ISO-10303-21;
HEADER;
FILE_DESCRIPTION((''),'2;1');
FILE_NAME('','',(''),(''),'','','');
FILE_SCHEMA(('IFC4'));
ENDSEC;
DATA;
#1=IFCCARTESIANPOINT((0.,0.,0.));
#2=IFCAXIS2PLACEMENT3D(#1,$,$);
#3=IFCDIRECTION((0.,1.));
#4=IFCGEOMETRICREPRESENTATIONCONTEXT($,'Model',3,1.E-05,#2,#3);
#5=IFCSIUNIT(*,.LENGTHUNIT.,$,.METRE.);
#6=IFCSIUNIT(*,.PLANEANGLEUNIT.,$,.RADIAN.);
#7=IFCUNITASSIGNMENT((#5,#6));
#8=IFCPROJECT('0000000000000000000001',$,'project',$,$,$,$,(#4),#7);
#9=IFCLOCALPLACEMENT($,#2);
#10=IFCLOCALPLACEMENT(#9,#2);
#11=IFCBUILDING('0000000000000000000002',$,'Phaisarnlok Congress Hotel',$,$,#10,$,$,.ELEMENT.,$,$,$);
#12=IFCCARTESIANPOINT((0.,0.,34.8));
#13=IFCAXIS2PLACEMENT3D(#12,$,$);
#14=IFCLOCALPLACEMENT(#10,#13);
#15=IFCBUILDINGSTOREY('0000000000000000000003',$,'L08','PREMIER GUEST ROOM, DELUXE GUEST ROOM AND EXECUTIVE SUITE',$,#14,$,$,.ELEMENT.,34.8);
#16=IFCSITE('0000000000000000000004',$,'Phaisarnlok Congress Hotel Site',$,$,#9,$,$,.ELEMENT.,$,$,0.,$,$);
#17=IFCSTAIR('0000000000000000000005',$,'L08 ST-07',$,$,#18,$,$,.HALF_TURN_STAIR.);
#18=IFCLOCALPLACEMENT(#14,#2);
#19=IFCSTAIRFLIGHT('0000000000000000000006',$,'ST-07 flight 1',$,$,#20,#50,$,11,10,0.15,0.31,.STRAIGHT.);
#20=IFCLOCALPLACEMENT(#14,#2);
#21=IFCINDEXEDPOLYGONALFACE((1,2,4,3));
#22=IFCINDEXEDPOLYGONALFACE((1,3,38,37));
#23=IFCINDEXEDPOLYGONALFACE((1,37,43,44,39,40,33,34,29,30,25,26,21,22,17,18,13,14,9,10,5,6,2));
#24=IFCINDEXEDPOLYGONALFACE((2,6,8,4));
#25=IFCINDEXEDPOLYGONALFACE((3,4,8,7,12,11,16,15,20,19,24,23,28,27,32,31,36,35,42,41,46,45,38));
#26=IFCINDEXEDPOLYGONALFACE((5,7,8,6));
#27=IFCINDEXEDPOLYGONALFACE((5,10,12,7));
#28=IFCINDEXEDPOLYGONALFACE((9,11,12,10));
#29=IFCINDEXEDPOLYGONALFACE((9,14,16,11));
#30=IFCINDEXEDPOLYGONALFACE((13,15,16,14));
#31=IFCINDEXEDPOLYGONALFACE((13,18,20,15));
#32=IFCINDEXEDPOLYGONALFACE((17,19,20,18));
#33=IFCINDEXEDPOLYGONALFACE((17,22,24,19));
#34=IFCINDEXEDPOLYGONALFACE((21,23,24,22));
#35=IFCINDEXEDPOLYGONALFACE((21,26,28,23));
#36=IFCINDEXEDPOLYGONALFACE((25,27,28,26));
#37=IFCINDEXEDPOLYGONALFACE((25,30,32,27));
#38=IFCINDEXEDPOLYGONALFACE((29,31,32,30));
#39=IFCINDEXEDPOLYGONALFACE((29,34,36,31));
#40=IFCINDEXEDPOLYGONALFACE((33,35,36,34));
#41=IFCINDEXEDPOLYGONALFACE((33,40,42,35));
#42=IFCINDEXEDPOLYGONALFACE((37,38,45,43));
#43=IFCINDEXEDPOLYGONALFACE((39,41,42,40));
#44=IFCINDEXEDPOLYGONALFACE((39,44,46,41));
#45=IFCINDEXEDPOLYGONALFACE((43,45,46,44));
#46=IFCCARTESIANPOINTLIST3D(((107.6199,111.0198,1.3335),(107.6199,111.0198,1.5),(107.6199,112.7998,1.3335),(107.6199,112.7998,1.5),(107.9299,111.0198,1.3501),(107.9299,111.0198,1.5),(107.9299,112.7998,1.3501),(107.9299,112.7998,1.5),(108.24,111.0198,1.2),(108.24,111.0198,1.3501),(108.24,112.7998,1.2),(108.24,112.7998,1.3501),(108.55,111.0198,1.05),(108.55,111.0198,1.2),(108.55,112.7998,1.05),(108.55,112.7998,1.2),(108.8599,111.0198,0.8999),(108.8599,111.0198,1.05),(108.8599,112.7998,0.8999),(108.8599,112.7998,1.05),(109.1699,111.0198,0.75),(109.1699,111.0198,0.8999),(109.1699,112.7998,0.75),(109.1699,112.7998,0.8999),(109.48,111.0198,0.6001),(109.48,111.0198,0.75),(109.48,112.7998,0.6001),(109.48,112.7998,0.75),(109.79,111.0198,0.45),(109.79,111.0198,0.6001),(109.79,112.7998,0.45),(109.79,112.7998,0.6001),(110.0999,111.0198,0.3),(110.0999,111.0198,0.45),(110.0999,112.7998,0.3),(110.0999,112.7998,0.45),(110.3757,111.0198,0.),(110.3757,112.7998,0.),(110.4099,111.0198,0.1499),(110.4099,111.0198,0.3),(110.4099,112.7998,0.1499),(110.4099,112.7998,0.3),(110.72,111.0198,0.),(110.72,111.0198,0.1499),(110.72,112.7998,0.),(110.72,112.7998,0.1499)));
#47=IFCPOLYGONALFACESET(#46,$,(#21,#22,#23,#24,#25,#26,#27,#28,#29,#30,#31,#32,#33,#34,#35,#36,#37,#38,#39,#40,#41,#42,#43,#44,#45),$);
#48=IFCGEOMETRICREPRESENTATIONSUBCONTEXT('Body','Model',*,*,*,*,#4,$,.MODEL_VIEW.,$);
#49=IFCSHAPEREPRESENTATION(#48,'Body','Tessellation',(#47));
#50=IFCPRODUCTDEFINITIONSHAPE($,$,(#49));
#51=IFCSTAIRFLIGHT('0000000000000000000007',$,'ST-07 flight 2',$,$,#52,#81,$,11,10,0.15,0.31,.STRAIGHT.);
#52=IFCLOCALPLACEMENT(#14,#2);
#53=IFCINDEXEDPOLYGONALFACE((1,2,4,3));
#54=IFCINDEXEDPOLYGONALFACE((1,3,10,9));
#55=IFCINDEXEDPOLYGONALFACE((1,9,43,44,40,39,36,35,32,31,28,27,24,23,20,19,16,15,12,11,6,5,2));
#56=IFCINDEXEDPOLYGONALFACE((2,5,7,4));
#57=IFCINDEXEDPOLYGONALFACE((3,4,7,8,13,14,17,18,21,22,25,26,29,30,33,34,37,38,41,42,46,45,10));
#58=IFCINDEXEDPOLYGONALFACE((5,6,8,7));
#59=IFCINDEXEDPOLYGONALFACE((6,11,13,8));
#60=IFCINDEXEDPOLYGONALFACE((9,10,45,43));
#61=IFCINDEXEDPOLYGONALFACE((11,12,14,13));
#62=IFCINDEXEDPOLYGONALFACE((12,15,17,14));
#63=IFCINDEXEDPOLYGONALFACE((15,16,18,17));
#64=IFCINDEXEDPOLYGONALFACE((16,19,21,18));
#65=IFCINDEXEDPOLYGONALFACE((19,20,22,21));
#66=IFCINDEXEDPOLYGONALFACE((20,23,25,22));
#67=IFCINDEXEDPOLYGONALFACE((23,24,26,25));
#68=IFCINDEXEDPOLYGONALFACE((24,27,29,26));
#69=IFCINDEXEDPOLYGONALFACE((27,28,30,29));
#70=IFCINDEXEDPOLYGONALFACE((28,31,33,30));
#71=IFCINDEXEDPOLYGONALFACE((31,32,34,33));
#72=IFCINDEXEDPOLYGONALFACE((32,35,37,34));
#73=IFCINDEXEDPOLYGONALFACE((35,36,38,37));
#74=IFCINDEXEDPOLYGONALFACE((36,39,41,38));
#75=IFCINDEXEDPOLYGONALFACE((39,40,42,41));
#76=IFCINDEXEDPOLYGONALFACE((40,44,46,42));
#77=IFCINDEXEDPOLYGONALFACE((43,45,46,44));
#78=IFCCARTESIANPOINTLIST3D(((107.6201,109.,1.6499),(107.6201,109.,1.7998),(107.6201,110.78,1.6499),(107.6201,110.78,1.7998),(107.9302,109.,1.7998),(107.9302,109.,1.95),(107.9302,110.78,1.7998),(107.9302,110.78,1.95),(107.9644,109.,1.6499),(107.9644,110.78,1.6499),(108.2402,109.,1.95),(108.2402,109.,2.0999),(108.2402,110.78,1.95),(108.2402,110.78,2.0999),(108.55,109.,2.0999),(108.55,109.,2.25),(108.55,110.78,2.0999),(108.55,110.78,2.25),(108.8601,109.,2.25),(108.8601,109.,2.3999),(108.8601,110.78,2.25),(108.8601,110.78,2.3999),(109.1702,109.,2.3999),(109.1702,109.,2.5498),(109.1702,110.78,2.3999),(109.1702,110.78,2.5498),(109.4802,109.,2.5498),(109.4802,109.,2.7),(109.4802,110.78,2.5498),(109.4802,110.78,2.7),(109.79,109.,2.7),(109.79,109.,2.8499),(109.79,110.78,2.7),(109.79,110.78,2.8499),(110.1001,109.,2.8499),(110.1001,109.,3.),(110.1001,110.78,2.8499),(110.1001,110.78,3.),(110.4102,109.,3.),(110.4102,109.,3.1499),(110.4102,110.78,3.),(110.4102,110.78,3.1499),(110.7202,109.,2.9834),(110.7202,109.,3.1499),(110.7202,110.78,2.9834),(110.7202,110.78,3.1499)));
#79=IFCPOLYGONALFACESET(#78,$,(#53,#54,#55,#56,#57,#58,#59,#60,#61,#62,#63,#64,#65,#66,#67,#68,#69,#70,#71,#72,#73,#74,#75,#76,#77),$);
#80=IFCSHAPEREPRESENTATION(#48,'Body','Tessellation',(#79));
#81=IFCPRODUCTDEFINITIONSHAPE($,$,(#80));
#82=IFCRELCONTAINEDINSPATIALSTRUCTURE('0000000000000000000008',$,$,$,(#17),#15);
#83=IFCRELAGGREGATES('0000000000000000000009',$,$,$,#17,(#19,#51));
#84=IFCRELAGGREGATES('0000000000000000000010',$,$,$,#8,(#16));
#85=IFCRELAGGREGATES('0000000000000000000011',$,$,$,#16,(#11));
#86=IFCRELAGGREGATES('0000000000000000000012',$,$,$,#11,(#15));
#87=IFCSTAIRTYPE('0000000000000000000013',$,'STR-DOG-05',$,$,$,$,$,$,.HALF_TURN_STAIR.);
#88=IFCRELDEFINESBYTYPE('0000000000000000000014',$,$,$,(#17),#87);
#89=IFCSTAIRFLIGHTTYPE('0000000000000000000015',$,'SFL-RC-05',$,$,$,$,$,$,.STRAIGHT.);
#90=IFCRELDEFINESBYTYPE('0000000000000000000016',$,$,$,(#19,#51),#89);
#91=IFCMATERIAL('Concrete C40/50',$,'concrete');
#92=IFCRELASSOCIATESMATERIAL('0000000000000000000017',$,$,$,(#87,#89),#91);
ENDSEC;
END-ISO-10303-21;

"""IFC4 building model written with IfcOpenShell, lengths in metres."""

from ifc_helpers import new_model, si_unit, direction, frame, origin, place, context, subcontext, project, spatial, polyline, outline, extrude, material, type_object, element, aggregate, save


model = new_model("IFC4")

# Units and contexts
model_context = context("Model", 3, precision=1e-05, world=origin(), true_north=direction((0.0, 1.0)))
body_context = subcontext(model_context, "Body", "Model", "MODEL_VIEW")
ifc_project = project(units=[si_unit("LENGTHUNIT", "METRE"), si_unit("PLANEANGLEUNIT", "RADIAN")], contexts=[model_context])

# Site, building, storey
site_placement = place(None, origin())
site = spatial("IfcSite", under=ifc_project, at=site_placement, Name="Phaisarnlok Congress Hotel Site", CompositionType="ELEMENT", RefElevation=0.0)
building_placement = place(site_placement, origin())
building = spatial("IfcBuilding", under=site, at=building_placement, Name="Phaisarnlok Congress Hotel", CompositionType="ELEMENT")
storey_placement = place(building_placement, frame((0.0, 0.0, 34.8)))
storey = spatial("IfcBuildingStorey", under=building, at=storey_placement, Name="L08", Description="PREMIER GUEST ROOM, DELUXE GUEST ROOM AND EXECUTIVE SUITE", CompositionType="ELEMENT", Elevation=34.8)

# Shared definitions
ifc_material_1 = material(Name="Concrete C40/50", Category="concrete")

# Stair, stair flights
stair_type = type_object("IfcStairType", Name="STR-DOG-05", PredefinedType="HALF_TURN_STAIR", material=ifc_material_1)
stair_placement = place(storey_placement, origin())
stair = element("IfcStair", 1, at=stair_placement, inside=storey, type_object=stair_type, Name="L08 ST-07", PredefinedType="HALF_TURN_STAIR")
stair_flight_type = type_object("IfcStairFlightType", Name="SFL-RC-05", PredefinedType="STRAIGHT", material=ifc_material_1)
stair_flight_1_placement = place(storey_placement, frame((110.72, 111.9099, 0.0), z_axis=(0.0, 0.0, 1.0), x_axis=(-1.0, 0.0, 0.0)))
stair_flight_1 = element("IfcStairFlight", 2, at=stair_flight_1_placement, type_object=stair_flight_type, Name="ST-07 flight 1", NumberOfRisers=11, NumberOfTreads=10, PredefinedType="STRAIGHT", RiserHeight=0.15, TreadLength=0.31, context=body_context, shape_type="SweptSolid", body=[
    extrude(outline(polyline([(0.0, 0.0), (0.0, 0.1499), (0.3101, 0.1499), (0.3101, 0.3), (0.6201, 0.3), (0.6201, 0.45), (0.9299, 0.45), (0.9299, 0.6001), (1.24, 0.6001), (1.24, 0.75), (1.55, 0.75), (1.55, 0.8999), (1.8601, 0.8999), (1.8601, 1.05), (2.1699, 1.05), (2.1699, 1.2), (2.48, 1.2), (2.48, 1.3501), (2.79, 1.3501), (2.79, 1.5), (3.1001, 1.5), (3.1001, 1.6499), (3.1001, 1.3335), (0.3442, 0.0), (0.0, 0.0)])), frame((0.0, 0.8901, 0.0), z_axis=(0.0, -1.0, 0.0), x_axis=(1.0, 0.0, 0.0)), (0.0, 0.0, 1.0), 1.78),
])
stair_flight_2_placement = place(storey_placement, frame((107.6201, 109.8899, 1.6499), z_axis=(0.0, 0.0, 1.0), x_axis=(1.0, 0.0, 0.0)))
stair_flight_2 = element("IfcStairFlight", 3, at=stair_flight_2_placement, type_object=stair_flight_type, Name="ST-07 flight 2", NumberOfRisers=11, NumberOfTreads=10, PredefinedType="STRAIGHT", RiserHeight=0.15, TreadLength=0.31, context=body_context, shape_type="SweptSolid", body=[
    extrude(outline(polyline([(0.0, 0.0), (0.0, 0.1499), (0.3101, 0.1499), (0.3101, 0.3), (0.6201, 0.3), (0.6201, 0.45), (0.9299, 0.45), (0.9299, 0.6001), (1.24, 0.6001), (1.24, 0.75), (1.55, 0.75), (1.55, 0.8999), (1.8601, 0.8999), (1.8601, 1.05), (2.1699, 1.05), (2.1699, 1.2), (2.48, 1.2), (2.48, 1.3501), (2.79, 1.3501), (2.79, 1.5), (3.1001, 1.5), (3.1001, 1.6499), (3.1001, 1.3335), (0.3442, 0.0), (0.0, 0.0)])), frame((0.0, 0.8901, 0.0), z_axis=(0.0, -1.0, 0.0), x_axis=(1.0, 0.0, 0.0)), (0.0, 0.0, 1.0), 1.78),
])
aggregate(stair, [stair_flight_1, stair_flight_2])

save(model, "model.ifc")
